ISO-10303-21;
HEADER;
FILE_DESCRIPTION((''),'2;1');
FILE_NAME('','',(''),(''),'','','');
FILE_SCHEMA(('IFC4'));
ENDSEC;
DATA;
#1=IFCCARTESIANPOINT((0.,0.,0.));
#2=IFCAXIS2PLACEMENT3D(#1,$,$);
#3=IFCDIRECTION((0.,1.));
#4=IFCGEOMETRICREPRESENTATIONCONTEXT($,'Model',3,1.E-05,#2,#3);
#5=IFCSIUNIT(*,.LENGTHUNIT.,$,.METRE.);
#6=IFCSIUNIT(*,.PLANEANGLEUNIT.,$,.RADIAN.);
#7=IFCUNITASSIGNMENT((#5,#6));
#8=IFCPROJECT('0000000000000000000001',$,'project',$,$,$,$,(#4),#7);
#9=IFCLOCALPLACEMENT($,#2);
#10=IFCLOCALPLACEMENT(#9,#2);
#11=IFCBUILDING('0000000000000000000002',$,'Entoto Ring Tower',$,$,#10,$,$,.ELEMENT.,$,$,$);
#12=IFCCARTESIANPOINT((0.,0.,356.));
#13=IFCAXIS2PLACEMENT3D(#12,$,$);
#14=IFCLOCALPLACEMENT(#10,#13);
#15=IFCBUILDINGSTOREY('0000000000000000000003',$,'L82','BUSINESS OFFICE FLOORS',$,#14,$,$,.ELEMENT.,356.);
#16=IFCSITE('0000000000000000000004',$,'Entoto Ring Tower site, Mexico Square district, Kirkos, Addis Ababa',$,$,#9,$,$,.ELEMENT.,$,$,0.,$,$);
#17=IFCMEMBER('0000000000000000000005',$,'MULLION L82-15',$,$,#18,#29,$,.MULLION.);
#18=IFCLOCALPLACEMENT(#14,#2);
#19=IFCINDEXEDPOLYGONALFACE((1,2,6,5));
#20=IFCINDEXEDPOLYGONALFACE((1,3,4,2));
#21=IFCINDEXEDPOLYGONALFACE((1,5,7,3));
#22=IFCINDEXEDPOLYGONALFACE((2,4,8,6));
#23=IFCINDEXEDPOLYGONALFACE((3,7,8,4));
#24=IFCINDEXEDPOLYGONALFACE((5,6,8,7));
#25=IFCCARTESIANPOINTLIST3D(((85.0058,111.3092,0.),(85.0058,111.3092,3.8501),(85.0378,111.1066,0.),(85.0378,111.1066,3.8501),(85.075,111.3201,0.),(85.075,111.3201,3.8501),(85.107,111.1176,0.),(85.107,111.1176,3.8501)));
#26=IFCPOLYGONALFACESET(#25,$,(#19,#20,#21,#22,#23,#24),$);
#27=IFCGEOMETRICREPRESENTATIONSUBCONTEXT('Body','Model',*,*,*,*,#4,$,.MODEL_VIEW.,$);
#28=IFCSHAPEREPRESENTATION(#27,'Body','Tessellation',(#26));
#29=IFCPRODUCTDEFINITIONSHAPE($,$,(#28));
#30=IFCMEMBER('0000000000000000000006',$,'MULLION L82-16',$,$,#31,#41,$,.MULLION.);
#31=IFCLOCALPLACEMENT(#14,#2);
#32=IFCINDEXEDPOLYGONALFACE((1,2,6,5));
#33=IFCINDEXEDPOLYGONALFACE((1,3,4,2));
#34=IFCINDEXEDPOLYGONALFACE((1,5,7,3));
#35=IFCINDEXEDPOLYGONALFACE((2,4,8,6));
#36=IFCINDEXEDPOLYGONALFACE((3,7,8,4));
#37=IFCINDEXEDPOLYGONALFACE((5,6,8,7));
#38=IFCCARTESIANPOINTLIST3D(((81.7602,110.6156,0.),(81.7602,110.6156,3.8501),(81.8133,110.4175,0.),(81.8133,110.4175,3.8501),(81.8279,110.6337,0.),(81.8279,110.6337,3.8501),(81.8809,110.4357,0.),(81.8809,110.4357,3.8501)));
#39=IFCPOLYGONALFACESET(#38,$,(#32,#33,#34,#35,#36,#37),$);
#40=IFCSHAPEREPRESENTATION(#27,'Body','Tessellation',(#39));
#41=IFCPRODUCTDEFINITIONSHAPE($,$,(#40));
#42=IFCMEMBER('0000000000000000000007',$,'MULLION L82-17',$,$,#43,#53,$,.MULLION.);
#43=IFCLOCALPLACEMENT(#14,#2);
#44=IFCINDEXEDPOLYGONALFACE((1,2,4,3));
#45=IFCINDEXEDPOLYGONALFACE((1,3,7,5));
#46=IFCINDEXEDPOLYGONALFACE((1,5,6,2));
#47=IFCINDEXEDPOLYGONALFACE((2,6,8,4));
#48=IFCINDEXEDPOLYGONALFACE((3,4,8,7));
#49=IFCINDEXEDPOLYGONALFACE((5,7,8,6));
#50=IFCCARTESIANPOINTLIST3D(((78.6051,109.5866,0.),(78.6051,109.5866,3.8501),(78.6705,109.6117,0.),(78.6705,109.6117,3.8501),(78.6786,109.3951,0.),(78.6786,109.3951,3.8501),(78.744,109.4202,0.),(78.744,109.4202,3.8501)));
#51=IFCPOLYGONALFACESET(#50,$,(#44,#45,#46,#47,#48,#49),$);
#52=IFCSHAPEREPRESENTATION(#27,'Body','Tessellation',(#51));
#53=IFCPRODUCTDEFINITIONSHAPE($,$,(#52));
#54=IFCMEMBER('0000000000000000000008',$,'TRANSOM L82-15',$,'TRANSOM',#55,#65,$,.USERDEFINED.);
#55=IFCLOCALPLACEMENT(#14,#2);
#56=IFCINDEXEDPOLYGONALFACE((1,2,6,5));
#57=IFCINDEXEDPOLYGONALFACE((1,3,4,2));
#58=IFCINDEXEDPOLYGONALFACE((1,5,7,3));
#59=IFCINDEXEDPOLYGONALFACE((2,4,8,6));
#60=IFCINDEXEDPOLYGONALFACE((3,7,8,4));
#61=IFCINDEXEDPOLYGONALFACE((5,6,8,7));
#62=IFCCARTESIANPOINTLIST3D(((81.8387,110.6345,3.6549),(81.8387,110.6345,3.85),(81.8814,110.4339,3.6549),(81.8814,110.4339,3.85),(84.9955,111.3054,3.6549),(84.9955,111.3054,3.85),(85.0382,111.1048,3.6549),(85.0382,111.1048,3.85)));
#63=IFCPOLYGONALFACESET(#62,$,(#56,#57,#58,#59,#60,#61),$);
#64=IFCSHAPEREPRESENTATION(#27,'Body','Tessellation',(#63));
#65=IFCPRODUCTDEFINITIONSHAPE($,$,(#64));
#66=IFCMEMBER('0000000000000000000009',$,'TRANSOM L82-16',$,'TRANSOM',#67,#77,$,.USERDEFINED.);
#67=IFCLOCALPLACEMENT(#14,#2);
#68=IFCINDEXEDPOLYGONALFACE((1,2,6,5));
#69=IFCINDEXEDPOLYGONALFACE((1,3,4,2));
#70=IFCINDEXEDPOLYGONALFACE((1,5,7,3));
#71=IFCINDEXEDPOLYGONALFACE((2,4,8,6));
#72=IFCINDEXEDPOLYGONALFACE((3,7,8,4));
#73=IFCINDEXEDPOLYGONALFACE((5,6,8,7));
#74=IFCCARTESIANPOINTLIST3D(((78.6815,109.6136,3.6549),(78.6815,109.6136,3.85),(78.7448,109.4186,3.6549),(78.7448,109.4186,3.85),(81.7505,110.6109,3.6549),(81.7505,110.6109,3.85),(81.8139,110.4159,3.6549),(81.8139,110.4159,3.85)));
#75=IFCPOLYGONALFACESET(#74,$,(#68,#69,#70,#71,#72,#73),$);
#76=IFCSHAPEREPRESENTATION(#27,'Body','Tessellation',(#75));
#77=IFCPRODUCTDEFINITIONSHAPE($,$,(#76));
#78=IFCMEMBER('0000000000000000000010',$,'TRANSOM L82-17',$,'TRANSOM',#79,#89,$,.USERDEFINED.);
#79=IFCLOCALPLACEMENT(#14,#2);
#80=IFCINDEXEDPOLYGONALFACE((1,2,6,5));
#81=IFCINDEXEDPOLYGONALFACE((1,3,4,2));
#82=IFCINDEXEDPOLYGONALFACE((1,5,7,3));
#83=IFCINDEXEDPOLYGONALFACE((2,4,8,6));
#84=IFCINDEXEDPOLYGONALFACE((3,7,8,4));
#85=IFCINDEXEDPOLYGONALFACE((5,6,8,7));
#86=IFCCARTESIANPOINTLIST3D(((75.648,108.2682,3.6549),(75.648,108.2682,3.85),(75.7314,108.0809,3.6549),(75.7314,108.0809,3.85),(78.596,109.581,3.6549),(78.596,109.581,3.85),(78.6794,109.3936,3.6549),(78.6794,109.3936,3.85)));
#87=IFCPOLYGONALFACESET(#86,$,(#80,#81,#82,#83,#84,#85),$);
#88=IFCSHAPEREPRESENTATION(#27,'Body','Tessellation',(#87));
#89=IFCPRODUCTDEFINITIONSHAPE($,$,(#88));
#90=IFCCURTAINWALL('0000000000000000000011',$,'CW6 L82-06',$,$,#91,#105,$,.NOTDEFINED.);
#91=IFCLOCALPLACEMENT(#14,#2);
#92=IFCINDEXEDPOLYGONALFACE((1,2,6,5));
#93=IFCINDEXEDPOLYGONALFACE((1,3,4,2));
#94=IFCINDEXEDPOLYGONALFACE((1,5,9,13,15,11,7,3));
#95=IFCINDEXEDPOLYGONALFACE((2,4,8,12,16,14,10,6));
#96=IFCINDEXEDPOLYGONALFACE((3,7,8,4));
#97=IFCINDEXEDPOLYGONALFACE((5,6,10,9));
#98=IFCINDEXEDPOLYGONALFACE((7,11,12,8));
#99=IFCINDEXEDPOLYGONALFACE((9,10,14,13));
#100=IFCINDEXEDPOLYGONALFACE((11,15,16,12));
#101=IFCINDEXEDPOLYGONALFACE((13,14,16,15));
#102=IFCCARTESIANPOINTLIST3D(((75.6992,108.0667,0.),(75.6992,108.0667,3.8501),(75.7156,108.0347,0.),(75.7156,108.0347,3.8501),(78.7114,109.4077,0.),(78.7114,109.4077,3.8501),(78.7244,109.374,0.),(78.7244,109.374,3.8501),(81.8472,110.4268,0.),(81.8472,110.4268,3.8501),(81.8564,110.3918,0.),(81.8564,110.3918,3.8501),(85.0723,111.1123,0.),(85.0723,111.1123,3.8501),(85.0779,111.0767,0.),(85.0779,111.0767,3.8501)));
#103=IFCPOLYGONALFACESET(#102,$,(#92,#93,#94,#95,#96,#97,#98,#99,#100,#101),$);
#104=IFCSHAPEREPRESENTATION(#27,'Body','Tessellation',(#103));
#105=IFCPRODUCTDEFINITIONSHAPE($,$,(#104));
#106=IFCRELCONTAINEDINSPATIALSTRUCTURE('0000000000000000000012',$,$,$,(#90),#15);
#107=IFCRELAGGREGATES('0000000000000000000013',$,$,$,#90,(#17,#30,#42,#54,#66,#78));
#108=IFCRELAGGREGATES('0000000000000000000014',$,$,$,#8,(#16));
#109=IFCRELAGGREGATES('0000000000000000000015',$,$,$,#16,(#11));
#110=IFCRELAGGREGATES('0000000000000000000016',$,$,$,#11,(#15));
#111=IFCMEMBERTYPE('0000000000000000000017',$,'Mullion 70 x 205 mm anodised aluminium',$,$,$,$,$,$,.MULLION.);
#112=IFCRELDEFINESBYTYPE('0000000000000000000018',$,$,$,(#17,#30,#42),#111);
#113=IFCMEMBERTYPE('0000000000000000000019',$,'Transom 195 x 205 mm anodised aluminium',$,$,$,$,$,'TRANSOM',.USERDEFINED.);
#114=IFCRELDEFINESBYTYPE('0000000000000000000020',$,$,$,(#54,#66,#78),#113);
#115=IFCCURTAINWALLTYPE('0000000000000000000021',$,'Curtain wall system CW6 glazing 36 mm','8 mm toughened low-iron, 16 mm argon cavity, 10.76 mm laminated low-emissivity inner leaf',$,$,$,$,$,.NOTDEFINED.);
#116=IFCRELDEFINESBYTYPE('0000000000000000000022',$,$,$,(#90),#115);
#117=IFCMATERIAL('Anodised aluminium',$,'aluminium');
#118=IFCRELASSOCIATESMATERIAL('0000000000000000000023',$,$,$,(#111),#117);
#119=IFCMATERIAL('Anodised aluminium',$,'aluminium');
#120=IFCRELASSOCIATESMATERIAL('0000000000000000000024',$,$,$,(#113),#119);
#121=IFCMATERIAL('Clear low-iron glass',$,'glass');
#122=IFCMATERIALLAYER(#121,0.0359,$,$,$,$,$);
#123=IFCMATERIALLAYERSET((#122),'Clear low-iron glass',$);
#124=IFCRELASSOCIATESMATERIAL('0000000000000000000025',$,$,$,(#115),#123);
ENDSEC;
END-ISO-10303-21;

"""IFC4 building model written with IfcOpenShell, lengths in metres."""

from ifc_helpers import new_model, si_unit, direction, frame, origin, origin_2d, place, context, subcontext, project, spatial, polyline, rectangle, outline, extrude, material, layer, layer_set, material_profile, profile_set, type_object, element, aggregate, save


model = new_model("IFC4")

# Units and contexts
model_context = context("Model", 3, precision=1e-05, world=origin(), true_north=direction((0.0, 1.0)))
body_context = subcontext(model_context, "Body", "Model", "MODEL_VIEW")
ifc_project = project(units=[si_unit("LENGTHUNIT", "METRE"), si_unit("PLANEANGLEUNIT", "RADIAN")], contexts=[model_context])

# Members
ifc_material_1 = material(Name="Anodised aluminium", Category="aluminium")
ifc_material_profile_1 = material_profile(ifc_material_1, rectangle(XDim=0.0701, YDim=0.2051, at=origin_2d()), Name="Mullion 70 x 205 mm anodised aluminium")
ifc_profile_set_1 = profile_set([ifc_material_profile_1], Name="Anodised aluminium")
member_type_1 = type_object("IfcMemberType", Name="Mullion 70 x 205 mm anodised aluminium", PredefinedType="MULLION", material=ifc_profile_set_1)
site_placement = place(None, origin())
building_placement = place(site_placement, origin())
storey_placement = place(building_placement, frame((0.0, 0.0, 356.0)))
member_1_placement = place(storey_placement, frame((85.0564, 111.2134, 0.0), z_axis=(0.0, 0.0, 1.0), x_axis=(-0.987688, -0.156434, 0.0)))
member_1 = element("IfcMember", 1, at=member_1_placement, type_object=member_type_1, Name="MULLION L82-15", PredefinedType="MULLION", context=body_context, shape_type="SweptSolid", body=[
    extrude(rectangle(XDim=0.0701, YDim=0.2051, at=origin_2d()), origin(), (0.0, 0.0, 1.0), 3.8501),
])
member_2_placement = place(storey_placement, frame((81.8206, 110.5256, 0.0), z_axis=(0.0, 0.0, 1.0), x_axis=(-0.965926, -0.258819, 0.0)))
member_2 = element("IfcMember", 2, at=member_2_placement, type_object=member_type_1, Name="MULLION L82-16", PredefinedType="MULLION", context=body_context, shape_type="SweptSolid", body=[
    extrude(rectangle(XDim=0.0701, YDim=0.2051, at=origin_2d()), origin(), (0.0, 0.0, 1.0), 3.8501),
])
member_3_placement = place(storey_placement, frame((78.6746, 109.5034, 0.0), z_axis=(0.0, 0.0, 1.0), x_axis=(-0.93358, -0.358368, 0.0)))
member_3 = element("IfcMember", 3, at=member_3_placement, type_object=member_type_1, Name="MULLION L82-17", PredefinedType="MULLION", context=body_context, shape_type="SweptSolid", body=[
    extrude(rectangle(XDim=0.0701, YDim=0.2051, at=origin_2d()), origin(), (0.0, 0.0, 1.0), 3.8501),
])
ifc_material_2 = material(Name="Anodised aluminium", Category="aluminium")
ifc_material_profile_2 = material_profile(ifc_material_2, rectangle(XDim=0.2051, YDim=0.1951, at=origin_2d()), Name="Transom 195 x 205 mm anodised aluminium")
ifc_profile_set_2 = profile_set([ifc_material_profile_2], Name="Anodised aluminium")
member_type_2 = type_object("IfcMemberType", Name="Transom 195 x 205 mm anodised aluminium", ElementType="TRANSOM", PredefinedType="USERDEFINED", material=ifc_profile_set_2)
member_4_placement = place(storey_placement, frame((85.0168, 111.2051, 3.7524), z_axis=(-0.978153, -0.207886, 0.0), x_axis=(0.207886, -0.978153, 0.0)))
member_4 = element("IfcMember", 4, at=member_4_placement, type_object=member_type_2, Name="TRANSOM L82-15", ObjectType="TRANSOM", PredefinedType="USERDEFINED", context=body_context, shape_type="SweptSolid", body=[
    extrude(rectangle(XDim=0.2051, YDim=0.1951, at=origin_2d()), origin(), (0.0, 0.0, 1.0), 3.2273),
])
member_5_placement = place(storey_placement, frame((81.7822, 110.5134, 3.7524), z_axis=(-0.951047, -0.309047, 0.0), x_axis=(0.309047, -0.951047, 0.0)))
member_5 = element("IfcMember", 5, at=member_5_placement, type_object=member_type_2, Name="TRANSOM L82-16", ObjectType="TRANSOM", PredefinedType="USERDEFINED", context=body_context, shape_type="SweptSolid", body=[
    extrude(rectangle(XDim=0.2051, YDim=0.1951, at=origin_2d()), origin(), (0.0, 0.0, 1.0), 3.2271),
])
member_6_placement = place(storey_placement, frame((78.6377, 109.4873, 3.7524), z_axis=(-0.913521, -0.406791, 0.0), x_axis=(0.406791, -0.913521, 0.0)))
member_6 = element("IfcMember", 6, at=member_6_placement, type_object=member_type_2, Name="TRANSOM L82-17", ObjectType="TRANSOM", PredefinedType="USERDEFINED", context=body_context, shape_type="SweptSolid", body=[
    extrude(rectangle(XDim=0.2051, YDim=0.1951, at=origin_2d()), origin(), (0.0, 0.0, 1.0), 3.2271),
])

# Site, building, storey
site = spatial("IfcSite", under=ifc_project, at=site_placement, Name="Entoto Ring Tower site, Mexico Square district, Kirkos, Addis Ababa", CompositionType="ELEMENT", RefElevation=0.0)
building = spatial("IfcBuilding", under=site, at=building_placement, Name="Entoto Ring Tower", CompositionType="ELEMENT")
storey = spatial("IfcBuildingStorey", under=building, at=storey_placement, Name="L82", Description="BUSINESS OFFICE FLOORS", CompositionType="ELEMENT", Elevation=356.0)

# Curtain wall
ifc_material_3 = material(Name="Clear low-iron glass", Category="glass")
ifc_layer = layer(ifc_material_3, 0.0359)
ifc_layer_set = layer_set([ifc_layer], Name="Clear low-iron glass")
curtain_wall_type = type_object("IfcCurtainWallType", Name="Curtain wall system CW6 glazing 36 mm", Description="8 mm toughened low-iron, 16 mm argon cavity, 10.76 mm laminated low-emissivity inner leaf", PredefinedType="NOTDEFINED", material=ifc_layer_set)
curtain_wall_1_placement = place(storey_placement, origin())
curtain_wall_1 = element("IfcCurtainWall", 7, at=curtain_wall_1_placement, inside=storey, type_object=curtain_wall_type, Name="CW6 L82-06", PredefinedType="NOTDEFINED", context=body_context, shape_type="SweptSolid", body=[
    extrude(outline(polyline([(85.0723, 111.1123), (81.8472, 110.4268), (78.7114, 109.4077), (75.6992, 108.0667), (75.7156, 108.0347), (78.7244, 109.374), (81.8564, 110.3918), (85.0779, 111.0767), (85.0723, 111.1123)])), origin(), (0.0, 0.0, 1.0), 3.8501),
])
aggregate(curtain_wall_1, [member_1, member_2, member_3, member_4, member_5, member_6])

save(model, "model.ifc")
